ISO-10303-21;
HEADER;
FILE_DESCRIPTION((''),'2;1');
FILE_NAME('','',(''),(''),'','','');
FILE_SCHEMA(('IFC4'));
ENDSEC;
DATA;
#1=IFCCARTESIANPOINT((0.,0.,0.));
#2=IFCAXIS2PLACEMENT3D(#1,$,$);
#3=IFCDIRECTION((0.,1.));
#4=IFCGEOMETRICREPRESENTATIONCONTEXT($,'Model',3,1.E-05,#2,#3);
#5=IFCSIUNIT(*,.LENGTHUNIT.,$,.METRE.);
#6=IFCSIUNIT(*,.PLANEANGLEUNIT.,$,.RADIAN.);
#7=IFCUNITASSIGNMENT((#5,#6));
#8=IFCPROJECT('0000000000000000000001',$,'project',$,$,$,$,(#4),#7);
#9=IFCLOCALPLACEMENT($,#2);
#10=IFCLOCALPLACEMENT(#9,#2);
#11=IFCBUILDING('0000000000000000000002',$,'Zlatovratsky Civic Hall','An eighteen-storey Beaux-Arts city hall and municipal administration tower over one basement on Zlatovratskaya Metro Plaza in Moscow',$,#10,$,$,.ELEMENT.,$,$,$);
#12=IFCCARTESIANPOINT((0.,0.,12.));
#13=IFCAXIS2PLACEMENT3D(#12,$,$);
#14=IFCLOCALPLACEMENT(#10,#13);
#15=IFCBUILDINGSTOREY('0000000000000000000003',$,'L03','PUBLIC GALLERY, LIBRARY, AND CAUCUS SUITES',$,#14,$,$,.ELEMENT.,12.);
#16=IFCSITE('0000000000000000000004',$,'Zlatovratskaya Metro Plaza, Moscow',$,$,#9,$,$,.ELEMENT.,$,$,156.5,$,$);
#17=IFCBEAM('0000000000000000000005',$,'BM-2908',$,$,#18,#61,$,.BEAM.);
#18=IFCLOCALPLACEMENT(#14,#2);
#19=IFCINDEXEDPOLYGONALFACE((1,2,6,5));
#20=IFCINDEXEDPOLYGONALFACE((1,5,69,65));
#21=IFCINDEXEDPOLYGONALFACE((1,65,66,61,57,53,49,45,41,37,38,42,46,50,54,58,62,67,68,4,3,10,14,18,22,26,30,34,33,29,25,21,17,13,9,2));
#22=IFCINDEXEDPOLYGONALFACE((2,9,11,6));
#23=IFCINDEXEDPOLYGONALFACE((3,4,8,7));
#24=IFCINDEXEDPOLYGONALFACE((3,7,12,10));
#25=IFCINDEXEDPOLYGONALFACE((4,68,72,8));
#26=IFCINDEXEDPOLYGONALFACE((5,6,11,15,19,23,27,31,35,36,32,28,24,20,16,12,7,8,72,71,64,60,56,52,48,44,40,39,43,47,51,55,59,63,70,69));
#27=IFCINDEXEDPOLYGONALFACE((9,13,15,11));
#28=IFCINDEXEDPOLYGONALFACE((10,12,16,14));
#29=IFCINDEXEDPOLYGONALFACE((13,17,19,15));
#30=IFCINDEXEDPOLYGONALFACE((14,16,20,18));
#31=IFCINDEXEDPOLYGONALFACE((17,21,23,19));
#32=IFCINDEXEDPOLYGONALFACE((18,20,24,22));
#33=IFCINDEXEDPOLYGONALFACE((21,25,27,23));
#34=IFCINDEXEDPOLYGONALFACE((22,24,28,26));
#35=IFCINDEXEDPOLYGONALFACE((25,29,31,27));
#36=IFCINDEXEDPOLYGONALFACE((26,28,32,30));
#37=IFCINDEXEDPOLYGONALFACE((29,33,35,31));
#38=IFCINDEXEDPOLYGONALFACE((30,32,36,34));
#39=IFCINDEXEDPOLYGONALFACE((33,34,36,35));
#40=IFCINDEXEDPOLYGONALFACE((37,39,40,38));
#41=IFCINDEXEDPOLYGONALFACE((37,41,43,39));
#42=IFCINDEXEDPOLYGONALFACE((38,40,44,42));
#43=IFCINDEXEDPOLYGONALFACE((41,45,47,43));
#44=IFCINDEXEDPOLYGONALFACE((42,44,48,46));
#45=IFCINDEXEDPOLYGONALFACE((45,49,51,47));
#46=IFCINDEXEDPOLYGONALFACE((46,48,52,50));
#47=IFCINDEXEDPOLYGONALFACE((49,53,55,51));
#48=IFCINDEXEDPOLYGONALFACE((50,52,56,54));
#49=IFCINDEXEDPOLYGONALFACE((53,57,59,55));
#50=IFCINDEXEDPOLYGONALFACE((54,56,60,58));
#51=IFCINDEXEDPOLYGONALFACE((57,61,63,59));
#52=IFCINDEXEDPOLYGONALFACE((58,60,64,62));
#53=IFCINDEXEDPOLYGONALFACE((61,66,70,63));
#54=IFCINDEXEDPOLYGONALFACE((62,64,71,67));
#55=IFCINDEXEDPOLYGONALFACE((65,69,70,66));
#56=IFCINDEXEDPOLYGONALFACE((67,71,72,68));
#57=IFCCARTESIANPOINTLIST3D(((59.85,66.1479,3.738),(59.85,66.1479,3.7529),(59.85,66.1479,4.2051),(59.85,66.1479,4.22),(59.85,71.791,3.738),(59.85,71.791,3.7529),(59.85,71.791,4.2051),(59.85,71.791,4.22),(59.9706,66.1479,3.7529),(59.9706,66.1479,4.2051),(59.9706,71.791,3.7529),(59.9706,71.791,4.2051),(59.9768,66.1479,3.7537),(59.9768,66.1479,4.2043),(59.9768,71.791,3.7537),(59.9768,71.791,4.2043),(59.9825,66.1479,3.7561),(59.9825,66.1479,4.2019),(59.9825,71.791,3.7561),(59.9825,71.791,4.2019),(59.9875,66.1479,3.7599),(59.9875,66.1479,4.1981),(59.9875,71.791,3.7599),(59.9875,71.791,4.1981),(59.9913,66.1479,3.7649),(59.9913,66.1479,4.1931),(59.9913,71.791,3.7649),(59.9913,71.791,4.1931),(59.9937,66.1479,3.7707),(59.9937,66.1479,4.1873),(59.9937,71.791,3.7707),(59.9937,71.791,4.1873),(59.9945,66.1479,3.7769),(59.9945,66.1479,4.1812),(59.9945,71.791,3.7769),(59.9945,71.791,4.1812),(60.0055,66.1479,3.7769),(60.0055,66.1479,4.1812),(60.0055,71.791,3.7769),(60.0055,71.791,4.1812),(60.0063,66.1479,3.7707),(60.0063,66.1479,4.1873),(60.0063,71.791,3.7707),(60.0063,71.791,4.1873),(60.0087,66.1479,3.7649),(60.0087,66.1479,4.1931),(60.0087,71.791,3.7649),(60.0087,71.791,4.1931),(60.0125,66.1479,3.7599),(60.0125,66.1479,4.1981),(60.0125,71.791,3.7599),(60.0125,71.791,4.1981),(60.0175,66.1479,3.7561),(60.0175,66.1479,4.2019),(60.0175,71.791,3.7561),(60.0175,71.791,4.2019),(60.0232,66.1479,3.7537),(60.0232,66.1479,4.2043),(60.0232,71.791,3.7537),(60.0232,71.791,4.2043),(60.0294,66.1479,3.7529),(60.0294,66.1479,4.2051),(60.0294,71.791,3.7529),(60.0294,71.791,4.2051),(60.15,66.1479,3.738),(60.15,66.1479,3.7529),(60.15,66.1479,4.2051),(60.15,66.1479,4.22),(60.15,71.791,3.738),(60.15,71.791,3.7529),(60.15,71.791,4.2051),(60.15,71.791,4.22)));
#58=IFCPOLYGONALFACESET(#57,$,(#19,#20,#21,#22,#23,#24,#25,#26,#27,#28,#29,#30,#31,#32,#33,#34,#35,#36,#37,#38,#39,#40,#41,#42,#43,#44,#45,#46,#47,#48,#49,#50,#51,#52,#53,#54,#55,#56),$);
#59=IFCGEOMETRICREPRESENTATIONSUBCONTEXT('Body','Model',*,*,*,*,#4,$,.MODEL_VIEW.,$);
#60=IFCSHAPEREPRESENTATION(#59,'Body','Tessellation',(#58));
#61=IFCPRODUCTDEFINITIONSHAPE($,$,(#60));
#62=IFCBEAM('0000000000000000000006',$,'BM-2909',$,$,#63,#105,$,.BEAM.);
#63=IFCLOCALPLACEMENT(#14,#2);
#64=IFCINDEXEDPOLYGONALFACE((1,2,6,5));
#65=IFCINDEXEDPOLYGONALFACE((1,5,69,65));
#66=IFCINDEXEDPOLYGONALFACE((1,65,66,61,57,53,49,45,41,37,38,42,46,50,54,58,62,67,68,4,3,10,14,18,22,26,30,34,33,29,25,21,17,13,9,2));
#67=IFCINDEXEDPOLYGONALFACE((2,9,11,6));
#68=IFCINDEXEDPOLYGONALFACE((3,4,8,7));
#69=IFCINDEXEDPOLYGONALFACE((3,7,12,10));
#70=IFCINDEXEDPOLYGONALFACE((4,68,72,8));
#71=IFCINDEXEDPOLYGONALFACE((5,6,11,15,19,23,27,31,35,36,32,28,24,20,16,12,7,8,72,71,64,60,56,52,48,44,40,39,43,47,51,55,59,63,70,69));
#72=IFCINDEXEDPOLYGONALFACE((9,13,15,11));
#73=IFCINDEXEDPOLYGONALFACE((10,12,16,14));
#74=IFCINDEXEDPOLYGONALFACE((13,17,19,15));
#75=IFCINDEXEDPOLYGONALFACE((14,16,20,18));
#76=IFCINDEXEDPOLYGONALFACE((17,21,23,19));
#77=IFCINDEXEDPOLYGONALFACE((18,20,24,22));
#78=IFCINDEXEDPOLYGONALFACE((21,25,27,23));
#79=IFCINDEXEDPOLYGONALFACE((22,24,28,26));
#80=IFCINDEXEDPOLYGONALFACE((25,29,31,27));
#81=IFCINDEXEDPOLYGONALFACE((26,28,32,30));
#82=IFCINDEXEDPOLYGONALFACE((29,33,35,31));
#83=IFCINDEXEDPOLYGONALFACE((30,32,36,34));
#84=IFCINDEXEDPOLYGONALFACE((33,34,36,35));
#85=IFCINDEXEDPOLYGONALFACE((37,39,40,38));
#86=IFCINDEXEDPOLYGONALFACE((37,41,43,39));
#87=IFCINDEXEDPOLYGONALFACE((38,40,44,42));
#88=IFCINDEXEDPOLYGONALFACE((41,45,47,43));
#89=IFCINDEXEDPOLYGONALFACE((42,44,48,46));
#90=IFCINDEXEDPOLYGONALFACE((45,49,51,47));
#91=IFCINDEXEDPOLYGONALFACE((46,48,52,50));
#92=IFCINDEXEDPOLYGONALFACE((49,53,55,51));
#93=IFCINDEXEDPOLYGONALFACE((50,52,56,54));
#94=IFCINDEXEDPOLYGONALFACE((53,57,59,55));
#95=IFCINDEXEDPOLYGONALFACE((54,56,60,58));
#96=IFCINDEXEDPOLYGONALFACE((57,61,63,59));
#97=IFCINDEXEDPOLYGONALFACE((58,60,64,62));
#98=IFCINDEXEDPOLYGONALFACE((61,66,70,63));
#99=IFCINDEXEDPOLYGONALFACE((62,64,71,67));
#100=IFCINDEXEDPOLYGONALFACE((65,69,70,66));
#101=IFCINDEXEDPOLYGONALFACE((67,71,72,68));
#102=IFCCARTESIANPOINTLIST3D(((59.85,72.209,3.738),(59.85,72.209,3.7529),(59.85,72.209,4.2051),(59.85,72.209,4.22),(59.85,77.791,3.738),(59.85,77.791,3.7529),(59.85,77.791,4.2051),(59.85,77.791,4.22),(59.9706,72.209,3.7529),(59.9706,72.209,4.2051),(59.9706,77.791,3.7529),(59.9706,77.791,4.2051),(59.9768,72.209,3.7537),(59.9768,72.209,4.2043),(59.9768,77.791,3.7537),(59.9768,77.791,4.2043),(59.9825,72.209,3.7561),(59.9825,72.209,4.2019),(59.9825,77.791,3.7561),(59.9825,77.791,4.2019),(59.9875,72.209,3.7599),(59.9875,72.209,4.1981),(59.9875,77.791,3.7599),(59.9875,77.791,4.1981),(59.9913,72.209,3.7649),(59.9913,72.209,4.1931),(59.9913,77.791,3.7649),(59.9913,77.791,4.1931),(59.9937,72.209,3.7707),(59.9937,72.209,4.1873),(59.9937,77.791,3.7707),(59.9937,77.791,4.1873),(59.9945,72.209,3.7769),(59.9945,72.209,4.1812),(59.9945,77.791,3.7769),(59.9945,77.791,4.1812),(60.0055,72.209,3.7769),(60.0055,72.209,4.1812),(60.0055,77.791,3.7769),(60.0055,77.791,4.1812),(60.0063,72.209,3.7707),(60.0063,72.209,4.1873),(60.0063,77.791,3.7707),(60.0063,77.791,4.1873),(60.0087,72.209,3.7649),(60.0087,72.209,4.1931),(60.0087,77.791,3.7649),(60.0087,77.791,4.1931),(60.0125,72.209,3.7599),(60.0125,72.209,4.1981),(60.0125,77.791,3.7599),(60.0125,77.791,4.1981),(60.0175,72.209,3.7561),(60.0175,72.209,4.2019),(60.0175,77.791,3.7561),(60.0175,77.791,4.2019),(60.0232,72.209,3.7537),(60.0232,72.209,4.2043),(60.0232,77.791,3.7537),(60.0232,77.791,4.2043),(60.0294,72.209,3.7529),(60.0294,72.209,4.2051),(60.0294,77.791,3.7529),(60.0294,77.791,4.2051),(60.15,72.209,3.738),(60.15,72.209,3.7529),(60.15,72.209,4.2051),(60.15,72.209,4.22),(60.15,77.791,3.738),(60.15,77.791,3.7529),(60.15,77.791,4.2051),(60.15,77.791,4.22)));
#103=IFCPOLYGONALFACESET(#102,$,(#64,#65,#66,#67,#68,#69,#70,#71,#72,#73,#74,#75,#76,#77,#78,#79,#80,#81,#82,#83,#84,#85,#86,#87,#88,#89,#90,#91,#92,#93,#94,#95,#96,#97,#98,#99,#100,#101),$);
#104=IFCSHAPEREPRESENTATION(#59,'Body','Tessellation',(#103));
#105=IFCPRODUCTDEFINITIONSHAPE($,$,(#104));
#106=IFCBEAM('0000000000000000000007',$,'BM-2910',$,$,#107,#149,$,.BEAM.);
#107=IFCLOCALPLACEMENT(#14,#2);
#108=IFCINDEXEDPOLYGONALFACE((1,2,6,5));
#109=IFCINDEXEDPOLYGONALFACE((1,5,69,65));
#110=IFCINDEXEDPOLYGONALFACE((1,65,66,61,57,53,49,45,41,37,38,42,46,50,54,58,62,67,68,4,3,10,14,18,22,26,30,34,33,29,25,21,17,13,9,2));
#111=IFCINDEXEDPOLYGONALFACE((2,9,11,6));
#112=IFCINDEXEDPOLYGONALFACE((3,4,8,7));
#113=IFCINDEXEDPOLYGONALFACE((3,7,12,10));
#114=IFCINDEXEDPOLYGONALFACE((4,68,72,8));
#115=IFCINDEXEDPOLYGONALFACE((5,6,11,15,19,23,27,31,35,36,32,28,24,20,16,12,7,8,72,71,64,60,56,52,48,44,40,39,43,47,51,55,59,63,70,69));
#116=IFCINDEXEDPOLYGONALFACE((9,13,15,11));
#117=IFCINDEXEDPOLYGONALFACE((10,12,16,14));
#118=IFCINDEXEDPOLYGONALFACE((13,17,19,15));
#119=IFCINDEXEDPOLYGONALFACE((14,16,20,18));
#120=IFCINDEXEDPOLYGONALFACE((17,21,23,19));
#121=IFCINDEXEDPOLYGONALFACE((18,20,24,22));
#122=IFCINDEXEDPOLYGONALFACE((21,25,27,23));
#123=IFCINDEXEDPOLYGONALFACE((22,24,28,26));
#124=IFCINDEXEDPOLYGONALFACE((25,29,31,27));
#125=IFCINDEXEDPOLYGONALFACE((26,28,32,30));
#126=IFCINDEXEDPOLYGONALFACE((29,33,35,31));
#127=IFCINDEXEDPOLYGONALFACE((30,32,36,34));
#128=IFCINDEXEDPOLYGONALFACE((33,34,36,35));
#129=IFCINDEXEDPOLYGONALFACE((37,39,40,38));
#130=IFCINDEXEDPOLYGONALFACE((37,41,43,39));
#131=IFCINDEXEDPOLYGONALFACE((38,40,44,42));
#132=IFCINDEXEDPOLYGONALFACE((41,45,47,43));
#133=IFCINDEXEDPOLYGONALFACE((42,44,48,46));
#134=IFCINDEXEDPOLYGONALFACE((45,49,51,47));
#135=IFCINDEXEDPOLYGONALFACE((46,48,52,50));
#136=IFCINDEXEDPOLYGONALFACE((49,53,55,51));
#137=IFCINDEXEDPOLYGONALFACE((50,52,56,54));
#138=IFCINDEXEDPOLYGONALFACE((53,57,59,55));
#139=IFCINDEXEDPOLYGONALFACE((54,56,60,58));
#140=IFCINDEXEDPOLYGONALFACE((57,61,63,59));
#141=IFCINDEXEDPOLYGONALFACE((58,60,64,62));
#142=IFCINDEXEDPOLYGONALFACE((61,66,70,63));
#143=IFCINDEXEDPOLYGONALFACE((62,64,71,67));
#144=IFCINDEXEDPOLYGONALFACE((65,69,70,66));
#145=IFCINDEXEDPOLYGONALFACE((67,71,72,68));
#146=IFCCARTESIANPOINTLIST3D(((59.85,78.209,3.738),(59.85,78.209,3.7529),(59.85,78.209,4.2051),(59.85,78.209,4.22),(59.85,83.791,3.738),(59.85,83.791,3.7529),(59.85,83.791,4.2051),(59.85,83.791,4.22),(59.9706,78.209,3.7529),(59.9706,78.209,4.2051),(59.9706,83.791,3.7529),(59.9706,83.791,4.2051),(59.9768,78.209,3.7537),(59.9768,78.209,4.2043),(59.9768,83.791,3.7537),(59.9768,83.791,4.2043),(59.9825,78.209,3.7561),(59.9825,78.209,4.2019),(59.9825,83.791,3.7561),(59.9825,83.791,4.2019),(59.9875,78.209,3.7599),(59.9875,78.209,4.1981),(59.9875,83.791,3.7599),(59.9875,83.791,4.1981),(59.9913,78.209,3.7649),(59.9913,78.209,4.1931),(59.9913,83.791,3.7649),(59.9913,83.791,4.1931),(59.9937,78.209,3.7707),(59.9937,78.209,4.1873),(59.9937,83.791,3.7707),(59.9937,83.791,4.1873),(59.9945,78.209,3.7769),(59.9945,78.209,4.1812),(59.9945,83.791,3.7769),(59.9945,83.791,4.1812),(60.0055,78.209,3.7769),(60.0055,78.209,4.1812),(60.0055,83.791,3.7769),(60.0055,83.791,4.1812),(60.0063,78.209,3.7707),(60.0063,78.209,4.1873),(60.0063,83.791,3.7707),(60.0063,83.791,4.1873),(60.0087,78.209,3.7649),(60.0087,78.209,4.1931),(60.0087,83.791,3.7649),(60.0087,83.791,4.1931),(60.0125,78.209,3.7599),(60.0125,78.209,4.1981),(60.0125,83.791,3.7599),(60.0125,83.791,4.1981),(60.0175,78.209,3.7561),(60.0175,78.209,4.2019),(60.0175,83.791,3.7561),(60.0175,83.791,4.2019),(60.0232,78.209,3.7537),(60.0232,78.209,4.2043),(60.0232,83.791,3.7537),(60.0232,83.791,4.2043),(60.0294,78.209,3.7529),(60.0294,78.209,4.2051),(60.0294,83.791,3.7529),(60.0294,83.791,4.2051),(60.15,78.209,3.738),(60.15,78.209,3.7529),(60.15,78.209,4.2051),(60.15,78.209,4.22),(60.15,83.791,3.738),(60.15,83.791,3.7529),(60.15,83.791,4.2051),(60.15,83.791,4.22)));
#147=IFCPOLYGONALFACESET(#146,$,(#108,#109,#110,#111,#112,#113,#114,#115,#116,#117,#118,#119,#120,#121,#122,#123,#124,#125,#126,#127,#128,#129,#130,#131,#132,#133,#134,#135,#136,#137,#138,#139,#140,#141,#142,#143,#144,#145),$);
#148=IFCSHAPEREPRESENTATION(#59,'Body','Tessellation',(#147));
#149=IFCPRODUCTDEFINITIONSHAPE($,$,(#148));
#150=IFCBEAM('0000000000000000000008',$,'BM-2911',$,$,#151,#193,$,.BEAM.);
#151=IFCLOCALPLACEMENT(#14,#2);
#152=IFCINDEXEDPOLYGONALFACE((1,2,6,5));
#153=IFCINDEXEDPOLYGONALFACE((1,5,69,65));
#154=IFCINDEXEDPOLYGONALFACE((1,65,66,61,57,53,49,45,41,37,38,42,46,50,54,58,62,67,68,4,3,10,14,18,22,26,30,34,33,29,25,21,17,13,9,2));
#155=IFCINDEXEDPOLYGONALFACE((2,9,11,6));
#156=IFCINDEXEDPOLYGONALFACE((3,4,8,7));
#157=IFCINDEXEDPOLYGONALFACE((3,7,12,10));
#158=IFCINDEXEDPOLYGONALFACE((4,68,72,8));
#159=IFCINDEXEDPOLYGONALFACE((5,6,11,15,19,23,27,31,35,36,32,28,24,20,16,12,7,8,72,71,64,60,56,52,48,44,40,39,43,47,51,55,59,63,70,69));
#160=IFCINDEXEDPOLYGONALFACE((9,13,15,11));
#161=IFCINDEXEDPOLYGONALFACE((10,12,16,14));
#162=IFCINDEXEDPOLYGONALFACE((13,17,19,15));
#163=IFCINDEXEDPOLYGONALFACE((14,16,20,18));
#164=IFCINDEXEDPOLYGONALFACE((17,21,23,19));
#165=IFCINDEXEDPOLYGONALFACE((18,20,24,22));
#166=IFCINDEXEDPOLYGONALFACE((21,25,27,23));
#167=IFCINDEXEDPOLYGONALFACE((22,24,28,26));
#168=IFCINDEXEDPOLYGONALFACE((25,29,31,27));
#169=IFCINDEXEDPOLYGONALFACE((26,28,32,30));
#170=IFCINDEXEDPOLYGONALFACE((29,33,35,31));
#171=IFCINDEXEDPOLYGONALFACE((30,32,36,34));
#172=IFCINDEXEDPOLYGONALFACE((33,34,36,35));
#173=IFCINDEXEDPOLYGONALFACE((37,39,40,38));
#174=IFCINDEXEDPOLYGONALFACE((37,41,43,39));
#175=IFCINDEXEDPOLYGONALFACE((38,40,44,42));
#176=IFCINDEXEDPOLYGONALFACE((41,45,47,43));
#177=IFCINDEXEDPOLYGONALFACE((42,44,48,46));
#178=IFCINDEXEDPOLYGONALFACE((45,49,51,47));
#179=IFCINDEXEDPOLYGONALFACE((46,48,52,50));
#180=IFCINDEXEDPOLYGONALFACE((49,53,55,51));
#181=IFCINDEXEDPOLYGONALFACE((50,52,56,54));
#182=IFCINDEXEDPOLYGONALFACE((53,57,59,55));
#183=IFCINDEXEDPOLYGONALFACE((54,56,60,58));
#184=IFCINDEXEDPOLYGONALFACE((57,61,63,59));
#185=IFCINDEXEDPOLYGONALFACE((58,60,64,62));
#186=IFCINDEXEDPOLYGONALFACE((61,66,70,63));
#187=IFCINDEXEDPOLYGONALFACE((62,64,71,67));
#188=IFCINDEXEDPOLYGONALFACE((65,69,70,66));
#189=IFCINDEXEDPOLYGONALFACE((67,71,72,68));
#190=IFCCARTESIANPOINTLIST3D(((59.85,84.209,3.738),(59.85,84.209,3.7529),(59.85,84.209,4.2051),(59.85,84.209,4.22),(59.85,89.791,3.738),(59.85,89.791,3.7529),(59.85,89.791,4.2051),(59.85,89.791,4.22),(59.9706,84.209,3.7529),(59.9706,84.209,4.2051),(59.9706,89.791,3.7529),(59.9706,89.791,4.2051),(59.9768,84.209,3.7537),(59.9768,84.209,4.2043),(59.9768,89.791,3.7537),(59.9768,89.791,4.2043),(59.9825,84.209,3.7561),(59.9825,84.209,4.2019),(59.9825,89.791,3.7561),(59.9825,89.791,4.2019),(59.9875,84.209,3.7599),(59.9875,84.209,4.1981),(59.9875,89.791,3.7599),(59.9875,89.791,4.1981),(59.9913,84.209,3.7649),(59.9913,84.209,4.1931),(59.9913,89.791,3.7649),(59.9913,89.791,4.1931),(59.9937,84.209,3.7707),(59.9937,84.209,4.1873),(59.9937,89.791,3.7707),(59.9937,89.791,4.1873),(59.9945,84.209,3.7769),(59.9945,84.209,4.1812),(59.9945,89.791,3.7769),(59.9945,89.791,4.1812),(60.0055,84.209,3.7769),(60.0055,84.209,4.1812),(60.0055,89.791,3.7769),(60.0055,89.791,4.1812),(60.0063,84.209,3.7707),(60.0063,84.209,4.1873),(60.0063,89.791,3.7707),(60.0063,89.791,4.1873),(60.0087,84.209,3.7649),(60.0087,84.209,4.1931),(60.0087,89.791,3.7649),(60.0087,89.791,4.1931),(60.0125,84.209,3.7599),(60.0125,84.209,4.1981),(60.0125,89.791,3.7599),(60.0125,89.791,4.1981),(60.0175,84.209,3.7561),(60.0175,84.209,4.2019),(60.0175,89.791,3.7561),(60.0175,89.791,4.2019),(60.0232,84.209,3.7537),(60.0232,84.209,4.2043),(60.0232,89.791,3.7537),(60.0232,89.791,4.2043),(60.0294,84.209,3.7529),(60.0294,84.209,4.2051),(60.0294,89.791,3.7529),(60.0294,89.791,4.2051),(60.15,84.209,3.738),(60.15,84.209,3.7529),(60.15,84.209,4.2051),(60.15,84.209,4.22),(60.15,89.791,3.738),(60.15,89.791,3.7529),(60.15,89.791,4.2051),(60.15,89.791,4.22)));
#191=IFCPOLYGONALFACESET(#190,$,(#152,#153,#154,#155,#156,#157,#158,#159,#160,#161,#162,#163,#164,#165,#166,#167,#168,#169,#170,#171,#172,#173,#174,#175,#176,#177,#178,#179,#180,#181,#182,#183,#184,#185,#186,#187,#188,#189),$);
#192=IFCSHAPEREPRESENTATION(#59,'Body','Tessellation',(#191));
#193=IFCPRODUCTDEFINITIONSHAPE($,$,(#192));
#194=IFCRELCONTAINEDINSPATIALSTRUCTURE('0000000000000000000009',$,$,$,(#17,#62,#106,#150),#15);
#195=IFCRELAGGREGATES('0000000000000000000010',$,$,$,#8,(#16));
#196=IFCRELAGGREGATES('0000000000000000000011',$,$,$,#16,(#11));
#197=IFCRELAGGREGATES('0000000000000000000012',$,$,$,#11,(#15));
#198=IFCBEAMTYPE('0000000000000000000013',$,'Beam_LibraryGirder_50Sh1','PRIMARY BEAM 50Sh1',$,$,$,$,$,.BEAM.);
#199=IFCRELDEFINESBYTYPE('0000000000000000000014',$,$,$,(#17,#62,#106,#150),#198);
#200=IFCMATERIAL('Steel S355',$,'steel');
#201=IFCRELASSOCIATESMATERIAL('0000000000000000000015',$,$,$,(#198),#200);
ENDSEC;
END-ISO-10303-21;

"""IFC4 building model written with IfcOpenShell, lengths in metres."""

from ifc_helpers import new_model, si_unit, direction, frame, origin, origin_2d, place, context, subcontext, project, spatial, i_section, extrude, material, material_profile, profile_set, type_object, element, save


model = new_model("IFC4")

# Units and contexts
model_context = context("Model", 3, precision=1e-05, world=origin(), true_north=direction((0.0, 1.0)))
body_context = subcontext(model_context, "Body", "Model", "MODEL_VIEW")
ifc_project = project(units=[si_unit("LENGTHUNIT", "METRE"), si_unit("PLANEANGLEUNIT", "RADIAN")], contexts=[model_context])

# Site, building, storey
site_placement = place(None, origin())
site = spatial("IfcSite", under=ifc_project, at=site_placement, Name="Zlatovratskaya Metro Plaza, Moscow", CompositionType="ELEMENT", RefElevation=156.5)
building_placement = place(site_placement, origin())
building = spatial("IfcBuilding", under=site, at=building_placement, Name="Zlatovratsky Civic Hall", Description="An eighteen-storey Beaux-Arts city hall and municipal administration tower over one basement on Zlatovratskaya Metro Plaza in Moscow", CompositionType="ELEMENT")
storey_placement = place(building_placement, frame((0.0, 0.0, 12.0)))
storey = spatial("IfcBuildingStorey", under=building, at=storey_placement, Name="L03", Description="PUBLIC GALLERY, LIBRARY, AND CAUCUS SUITES", CompositionType="ELEMENT", Elevation=12.0)

# Shared definitions
ifc_material_1 = material(Name="Steel S355", Category="steel")

# Beams
ifc_material_profile_1 = material_profile(ifc_material_1, i_section(OverallWidth=0.3, OverallDepth=0.4819, WebThickness=0.011, FlangeThickness=0.0149, FilletRadius=0.0239, at=origin_2d()), Name="50Sh1")
ifc_profile_set_1 = profile_set([ifc_material_profile_1], Name="Steel S355")
beam_type = type_object("IfcBeamType", Name="Beam_LibraryGirder_50Sh1", Description="PRIMARY BEAM 50Sh1", PredefinedType="BEAM", material=ifc_profile_set_1)
beam_1_placement = place(storey_placement, frame((60.0, 66.1479, 3.979), z_axis=(0.0, 1.0, 0.0), x_axis=(-1.0, 0.0, 0.0)))
element("IfcBeam", 1, at=beam_1_placement, inside=storey, type_object=beam_type, Name="BM-2908", PredefinedType="BEAM", context=body_context, shape_type="SweptSolid", body=[
    extrude(i_section(OverallWidth=0.3, OverallDepth=0.4819, WebThickness=0.011, FlangeThickness=0.0149, FilletRadius=0.0239, at=origin_2d()), origin(), (0.0, 0.0, 1.0), 5.6431),
])
for number, where, z_axis, x_axis, name in (
    (2, (60.0, 72.209, 3.979), (0.0, 1.0, 0.0), (-1.0, 0.0, 0.0), "BM-2909"),
    (3, (60.0, 78.209, 3.979), (0.0, 1.0, 0.0), (-1.0, 0.0, 0.0), "BM-2910"),
    (4, (60.0, 84.209, 3.979), (0.0, 1.0, 0.0), (-1.0, 0.0, 0.0), "BM-2911"),
):
    element("IfcBeam", number, at=place(storey_placement, frame(where, z_axis=z_axis, x_axis=x_axis)), inside=storey, type_object=beam_type, Name=name, PredefinedType="BEAM", context=body_context, shape_type="SweptSolid", body=[
        extrude(i_section(OverallWidth=0.3, OverallDepth=0.4819, WebThickness=0.011, FlangeThickness=0.0149, FilletRadius=0.0239, at=origin_2d()), origin(), (0.0, 0.0, 1.0), 5.582),
    ])

save(model, "model.ifc")
